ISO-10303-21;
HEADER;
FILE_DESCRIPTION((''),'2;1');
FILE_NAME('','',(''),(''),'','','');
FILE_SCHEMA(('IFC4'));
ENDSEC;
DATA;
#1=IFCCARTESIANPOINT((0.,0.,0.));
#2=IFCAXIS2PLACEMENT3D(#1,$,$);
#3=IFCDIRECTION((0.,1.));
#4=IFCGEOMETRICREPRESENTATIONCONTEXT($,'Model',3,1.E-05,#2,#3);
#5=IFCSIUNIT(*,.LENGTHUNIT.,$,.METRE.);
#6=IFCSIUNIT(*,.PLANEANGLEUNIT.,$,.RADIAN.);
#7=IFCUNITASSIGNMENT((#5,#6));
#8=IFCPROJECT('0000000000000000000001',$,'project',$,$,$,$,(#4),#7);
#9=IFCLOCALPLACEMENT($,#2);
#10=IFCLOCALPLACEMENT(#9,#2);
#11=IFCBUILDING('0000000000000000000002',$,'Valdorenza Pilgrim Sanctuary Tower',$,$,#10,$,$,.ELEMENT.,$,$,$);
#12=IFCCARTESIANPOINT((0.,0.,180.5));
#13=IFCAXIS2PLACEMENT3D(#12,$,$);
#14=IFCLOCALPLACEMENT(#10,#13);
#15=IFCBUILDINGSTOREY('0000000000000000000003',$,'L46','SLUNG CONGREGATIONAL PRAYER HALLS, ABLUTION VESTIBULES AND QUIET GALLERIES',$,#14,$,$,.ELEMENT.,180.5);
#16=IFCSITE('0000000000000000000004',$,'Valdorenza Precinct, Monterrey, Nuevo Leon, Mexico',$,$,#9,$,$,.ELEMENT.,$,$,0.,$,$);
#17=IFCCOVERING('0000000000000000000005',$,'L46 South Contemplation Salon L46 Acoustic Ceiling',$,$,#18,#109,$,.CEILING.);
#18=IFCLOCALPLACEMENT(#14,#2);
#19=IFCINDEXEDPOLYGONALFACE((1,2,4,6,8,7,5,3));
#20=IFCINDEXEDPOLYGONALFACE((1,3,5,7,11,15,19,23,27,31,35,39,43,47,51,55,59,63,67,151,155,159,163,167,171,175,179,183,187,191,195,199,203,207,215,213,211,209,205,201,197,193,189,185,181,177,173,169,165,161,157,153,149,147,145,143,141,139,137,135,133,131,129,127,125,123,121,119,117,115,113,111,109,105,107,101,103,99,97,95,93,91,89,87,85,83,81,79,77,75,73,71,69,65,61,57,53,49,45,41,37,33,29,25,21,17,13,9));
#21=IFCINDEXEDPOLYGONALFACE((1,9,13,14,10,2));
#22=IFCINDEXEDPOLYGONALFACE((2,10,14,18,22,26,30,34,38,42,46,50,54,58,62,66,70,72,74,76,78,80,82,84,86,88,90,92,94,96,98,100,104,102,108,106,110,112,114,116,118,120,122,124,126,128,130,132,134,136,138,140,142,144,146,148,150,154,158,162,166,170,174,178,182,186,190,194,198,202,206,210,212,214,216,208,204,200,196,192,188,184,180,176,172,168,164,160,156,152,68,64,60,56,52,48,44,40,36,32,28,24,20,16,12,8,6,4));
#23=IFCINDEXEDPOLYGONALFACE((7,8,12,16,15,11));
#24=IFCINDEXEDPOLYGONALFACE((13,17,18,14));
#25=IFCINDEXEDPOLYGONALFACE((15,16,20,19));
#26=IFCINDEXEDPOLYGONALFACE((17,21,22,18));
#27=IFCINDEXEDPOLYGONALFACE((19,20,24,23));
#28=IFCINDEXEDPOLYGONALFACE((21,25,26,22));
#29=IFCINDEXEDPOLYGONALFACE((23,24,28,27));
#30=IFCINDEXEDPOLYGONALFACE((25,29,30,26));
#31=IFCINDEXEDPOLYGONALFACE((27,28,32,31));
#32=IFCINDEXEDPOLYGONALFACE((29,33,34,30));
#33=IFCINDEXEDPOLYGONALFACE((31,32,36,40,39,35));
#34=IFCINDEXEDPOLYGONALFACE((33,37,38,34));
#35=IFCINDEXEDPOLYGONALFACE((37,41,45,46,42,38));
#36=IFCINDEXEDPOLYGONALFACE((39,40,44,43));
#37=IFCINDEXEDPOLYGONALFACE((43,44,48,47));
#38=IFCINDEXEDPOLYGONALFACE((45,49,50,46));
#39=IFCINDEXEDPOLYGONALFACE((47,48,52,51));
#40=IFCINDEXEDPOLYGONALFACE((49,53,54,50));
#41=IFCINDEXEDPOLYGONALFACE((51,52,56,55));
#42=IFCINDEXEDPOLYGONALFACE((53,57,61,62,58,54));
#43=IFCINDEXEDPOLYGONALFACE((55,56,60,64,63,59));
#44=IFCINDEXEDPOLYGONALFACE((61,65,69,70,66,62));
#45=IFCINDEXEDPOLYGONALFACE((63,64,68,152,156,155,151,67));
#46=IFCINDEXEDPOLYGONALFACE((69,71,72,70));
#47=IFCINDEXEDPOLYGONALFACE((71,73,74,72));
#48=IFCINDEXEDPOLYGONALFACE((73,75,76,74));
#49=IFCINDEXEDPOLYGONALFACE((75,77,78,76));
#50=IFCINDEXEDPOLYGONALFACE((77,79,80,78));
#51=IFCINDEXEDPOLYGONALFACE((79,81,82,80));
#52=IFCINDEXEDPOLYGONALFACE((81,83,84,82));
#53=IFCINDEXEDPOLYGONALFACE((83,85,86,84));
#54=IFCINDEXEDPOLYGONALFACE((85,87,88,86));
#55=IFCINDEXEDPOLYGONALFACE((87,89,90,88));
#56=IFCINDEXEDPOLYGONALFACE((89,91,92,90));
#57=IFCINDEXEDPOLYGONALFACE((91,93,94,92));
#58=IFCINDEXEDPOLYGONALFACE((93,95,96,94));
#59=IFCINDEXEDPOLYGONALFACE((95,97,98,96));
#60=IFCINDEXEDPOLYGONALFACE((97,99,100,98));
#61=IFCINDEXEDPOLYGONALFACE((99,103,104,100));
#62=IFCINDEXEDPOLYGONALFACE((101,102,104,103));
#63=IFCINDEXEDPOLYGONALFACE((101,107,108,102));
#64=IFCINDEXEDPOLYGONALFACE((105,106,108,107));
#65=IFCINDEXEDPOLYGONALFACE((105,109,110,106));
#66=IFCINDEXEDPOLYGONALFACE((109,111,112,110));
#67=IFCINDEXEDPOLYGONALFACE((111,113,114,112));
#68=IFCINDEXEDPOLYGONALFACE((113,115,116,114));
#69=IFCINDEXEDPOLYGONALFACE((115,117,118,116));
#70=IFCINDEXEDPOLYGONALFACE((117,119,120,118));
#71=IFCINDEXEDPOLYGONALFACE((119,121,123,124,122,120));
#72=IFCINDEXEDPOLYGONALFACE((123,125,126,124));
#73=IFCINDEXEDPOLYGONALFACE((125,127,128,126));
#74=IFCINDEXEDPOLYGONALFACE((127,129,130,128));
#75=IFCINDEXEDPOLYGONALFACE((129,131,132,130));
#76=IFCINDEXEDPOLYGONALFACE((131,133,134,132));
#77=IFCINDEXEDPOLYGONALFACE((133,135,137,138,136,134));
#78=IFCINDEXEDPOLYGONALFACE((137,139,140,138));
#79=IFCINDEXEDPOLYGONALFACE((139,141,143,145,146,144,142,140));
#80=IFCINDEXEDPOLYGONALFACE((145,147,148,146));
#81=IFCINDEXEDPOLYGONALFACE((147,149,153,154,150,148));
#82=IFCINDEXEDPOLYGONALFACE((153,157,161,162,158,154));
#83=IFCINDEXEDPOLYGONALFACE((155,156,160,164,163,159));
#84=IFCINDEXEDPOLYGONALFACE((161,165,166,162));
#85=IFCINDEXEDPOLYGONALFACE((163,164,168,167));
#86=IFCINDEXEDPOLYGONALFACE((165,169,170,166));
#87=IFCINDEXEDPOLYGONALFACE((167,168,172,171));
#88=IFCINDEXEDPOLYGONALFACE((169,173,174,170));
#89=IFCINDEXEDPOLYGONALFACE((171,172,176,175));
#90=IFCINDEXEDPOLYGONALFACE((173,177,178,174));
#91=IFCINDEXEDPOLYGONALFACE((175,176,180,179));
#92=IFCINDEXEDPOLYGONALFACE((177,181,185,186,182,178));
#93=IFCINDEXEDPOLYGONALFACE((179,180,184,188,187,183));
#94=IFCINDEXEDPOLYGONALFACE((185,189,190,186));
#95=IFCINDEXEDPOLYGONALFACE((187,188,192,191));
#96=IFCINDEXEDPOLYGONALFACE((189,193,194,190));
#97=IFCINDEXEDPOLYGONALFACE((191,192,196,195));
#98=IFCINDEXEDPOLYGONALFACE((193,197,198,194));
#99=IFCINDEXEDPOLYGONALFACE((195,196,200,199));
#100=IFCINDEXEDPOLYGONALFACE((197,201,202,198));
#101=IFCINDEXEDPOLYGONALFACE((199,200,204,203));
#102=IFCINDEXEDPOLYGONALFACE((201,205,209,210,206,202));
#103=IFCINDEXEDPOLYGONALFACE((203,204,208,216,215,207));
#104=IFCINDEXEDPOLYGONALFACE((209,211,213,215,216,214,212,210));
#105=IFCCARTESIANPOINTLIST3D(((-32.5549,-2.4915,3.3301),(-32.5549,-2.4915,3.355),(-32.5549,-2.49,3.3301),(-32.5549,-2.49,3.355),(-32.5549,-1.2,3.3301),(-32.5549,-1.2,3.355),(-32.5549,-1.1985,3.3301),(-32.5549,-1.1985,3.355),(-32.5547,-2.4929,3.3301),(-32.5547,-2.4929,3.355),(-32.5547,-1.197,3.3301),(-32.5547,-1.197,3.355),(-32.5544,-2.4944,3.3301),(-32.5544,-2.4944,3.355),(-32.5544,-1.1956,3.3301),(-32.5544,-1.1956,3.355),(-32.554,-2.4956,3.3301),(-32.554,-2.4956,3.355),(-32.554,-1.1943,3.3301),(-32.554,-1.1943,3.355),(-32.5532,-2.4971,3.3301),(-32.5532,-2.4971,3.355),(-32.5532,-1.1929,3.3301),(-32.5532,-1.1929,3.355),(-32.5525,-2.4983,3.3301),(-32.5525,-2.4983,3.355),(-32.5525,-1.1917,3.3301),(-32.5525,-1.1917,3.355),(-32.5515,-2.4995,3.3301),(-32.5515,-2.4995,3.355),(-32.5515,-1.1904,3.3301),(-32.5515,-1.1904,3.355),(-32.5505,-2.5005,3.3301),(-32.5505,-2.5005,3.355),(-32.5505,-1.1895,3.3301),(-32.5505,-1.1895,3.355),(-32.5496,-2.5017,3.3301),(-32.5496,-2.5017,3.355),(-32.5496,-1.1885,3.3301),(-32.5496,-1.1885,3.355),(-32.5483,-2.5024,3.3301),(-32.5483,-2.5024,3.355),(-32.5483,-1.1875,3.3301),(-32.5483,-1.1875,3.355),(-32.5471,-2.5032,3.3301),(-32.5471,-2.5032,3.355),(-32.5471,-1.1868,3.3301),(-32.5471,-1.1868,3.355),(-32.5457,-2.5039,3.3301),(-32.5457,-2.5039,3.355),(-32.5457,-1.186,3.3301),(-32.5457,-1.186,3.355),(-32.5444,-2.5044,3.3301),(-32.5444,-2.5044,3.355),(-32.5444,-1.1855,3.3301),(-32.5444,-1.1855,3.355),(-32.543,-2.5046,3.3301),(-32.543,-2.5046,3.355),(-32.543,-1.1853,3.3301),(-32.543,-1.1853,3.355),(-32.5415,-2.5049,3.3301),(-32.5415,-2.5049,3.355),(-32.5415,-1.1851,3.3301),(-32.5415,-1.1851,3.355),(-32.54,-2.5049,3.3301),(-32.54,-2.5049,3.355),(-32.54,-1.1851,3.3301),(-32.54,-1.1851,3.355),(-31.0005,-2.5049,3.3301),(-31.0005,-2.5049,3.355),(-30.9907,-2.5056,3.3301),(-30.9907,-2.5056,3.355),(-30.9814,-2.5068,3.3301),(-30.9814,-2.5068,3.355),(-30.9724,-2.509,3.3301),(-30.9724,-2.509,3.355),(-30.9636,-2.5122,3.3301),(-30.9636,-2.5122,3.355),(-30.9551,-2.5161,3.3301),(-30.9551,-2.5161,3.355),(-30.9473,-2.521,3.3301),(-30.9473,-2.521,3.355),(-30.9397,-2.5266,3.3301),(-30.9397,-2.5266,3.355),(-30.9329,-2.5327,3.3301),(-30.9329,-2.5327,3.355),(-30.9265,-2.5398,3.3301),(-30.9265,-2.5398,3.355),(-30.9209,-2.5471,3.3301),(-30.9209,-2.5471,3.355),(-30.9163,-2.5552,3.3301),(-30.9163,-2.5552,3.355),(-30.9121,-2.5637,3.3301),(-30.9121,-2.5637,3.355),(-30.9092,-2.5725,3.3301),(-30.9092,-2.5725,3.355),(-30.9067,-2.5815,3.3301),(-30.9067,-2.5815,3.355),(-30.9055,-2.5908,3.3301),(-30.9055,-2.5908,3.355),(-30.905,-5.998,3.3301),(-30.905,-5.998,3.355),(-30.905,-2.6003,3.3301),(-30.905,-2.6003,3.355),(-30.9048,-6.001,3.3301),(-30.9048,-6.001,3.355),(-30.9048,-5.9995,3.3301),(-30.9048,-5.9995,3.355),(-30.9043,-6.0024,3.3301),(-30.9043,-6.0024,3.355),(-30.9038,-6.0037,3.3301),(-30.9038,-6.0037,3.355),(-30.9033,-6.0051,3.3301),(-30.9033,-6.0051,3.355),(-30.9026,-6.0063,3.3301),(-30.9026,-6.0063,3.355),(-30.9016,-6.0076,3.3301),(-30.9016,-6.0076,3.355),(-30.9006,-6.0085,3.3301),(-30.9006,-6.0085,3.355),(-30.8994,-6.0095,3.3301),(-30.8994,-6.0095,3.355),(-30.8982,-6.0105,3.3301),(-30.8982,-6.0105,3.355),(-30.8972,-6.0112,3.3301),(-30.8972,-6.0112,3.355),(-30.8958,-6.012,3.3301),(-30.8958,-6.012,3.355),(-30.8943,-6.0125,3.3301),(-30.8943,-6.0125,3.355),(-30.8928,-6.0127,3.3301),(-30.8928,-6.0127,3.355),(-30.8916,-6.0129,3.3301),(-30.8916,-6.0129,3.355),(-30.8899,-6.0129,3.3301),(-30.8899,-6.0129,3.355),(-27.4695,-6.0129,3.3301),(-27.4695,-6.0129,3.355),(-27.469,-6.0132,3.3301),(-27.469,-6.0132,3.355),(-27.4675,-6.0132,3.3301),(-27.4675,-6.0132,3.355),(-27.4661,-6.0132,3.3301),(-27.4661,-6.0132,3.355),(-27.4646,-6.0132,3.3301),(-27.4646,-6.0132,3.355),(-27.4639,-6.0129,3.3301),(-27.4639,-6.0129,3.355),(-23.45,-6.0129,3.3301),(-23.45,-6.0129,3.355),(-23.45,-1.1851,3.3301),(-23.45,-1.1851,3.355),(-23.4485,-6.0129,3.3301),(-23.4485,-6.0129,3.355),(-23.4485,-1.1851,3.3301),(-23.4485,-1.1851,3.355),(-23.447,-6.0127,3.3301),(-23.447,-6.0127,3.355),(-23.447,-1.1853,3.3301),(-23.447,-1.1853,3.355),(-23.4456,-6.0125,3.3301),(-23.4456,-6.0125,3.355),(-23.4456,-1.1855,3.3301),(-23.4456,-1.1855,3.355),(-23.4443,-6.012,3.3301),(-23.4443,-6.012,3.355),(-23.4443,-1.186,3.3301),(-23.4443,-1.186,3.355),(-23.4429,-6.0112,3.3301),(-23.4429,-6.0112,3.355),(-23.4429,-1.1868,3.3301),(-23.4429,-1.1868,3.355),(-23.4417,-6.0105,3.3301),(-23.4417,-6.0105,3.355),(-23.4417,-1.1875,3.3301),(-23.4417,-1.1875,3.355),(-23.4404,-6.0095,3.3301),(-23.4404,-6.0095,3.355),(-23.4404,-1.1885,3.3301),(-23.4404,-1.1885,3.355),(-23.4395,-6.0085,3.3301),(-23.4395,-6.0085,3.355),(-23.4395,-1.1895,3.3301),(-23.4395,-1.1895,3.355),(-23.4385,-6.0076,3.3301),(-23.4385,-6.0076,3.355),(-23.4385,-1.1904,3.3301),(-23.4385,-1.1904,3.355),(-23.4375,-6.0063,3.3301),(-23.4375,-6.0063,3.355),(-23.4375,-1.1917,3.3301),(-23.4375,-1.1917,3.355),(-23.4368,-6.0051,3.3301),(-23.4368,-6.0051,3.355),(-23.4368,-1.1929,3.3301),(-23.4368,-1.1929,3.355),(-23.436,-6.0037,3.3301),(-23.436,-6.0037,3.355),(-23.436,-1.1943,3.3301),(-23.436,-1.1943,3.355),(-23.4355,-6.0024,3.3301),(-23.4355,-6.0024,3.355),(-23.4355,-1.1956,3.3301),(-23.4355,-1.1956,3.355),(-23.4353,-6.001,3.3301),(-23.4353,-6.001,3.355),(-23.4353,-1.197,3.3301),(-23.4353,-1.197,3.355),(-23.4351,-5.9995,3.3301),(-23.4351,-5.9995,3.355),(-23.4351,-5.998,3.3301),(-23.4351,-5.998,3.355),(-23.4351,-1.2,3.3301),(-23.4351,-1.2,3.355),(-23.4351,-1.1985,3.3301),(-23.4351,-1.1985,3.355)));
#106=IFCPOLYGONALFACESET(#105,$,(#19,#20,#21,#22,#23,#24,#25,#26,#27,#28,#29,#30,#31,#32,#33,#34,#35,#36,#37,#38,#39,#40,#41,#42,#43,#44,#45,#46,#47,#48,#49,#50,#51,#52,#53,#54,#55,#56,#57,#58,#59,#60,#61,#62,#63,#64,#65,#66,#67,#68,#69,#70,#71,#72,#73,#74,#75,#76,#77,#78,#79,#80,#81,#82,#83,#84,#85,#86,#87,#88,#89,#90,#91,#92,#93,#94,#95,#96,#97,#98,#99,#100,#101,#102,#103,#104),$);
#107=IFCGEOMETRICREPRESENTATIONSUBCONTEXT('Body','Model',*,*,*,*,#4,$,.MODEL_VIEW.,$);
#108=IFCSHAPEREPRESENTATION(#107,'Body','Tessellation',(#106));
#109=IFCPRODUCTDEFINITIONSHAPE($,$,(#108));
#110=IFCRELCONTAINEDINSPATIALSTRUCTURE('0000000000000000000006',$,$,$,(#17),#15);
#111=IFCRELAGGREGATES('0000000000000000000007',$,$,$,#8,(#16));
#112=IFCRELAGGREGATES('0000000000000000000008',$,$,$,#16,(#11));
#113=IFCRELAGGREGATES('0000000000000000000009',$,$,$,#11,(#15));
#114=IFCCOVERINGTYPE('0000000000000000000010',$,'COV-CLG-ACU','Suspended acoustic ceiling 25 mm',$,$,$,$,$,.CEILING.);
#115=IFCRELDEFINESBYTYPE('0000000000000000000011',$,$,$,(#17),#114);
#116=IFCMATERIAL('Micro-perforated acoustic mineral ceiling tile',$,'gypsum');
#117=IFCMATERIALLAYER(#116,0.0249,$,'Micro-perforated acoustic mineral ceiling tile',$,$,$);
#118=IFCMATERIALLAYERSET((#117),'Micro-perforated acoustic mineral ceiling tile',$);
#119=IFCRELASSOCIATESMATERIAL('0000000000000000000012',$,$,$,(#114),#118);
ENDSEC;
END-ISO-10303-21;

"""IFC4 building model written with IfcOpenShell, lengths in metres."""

from ifc_helpers import new_model, si_unit, direction, frame, origin, place, context, subcontext, project, spatial, polyline, outline, extrude, material, layer, layer_set, type_object, element, save


model = new_model("IFC4")

# Units and contexts
model_context = context("Model", 3, precision=1e-05, world=origin(), true_north=direction((0.0, 1.0)))
body_context = subcontext(model_context, "Body", "Model", "MODEL_VIEW")
ifc_project = project(units=[si_unit("LENGTHUNIT", "METRE"), si_unit("PLANEANGLEUNIT", "RADIAN")], contexts=[model_context])

# Site, building, storey
site_placement = place(None, origin())
site = spatial("IfcSite", under=ifc_project, at=site_placement, Name="Valdorenza Precinct, Monterrey, Nuevo Leon, Mexico", CompositionType="ELEMENT", RefElevation=0.0)
building_placement = place(site_placement, origin())
building = spatial("IfcBuilding", under=site, at=building_placement, Name="Valdorenza Pilgrim Sanctuary Tower", CompositionType="ELEMENT")
storey_placement = place(building_placement, frame((0.0, 0.0, 180.5)))
storey = spatial("IfcBuildingStorey", under=building, at=storey_placement, Name="L46", Description="SLUNG CONGREGATIONAL PRAYER HALLS, ABLUTION VESTIBULES AND QUIET GALLERIES", CompositionType="ELEMENT", Elevation=180.5)

# Covering
ifc_material_1 = material(Name="Micro-perforated acoustic mineral ceiling tile", Category="gypsum")
ifc_layer_1 = layer(ifc_material_1, 0.0249, Name="Micro-perforated acoustic mineral ceiling tile")
ifc_layer_set_1 = layer_set([ifc_layer_1], Name="Micro-perforated acoustic mineral ceiling tile")
covering_type_1 = type_object("IfcCoveringType", Name="COV-CLG-ACU", Description="Suspended acoustic ceiling 25 mm", PredefinedType="CEILING", material=ifc_layer_set_1)
covering_1_placement = place(storey_placement, frame((0.0, 0.0, 3.3301)))
element("IfcCovering", 1, at=covering_1_placement, inside=storey, type_object=covering_type_1, Name="L46 South Contemplation Salon L46 Acoustic Ceiling", PredefinedType="CEILING", context=body_context, shape_type="SweptSolid", body=[
    extrude(outline(polyline([(-27.4695, -6.0129), (-30.8899, -6.0129), (-30.8916, -6.0129), (-30.8928, -6.0127), (-30.8943, -6.0125), (-30.8958, -6.012), (-30.8972, -6.0112), (-30.8982, -6.0105), (-30.8994, -6.0095), (-30.9006, -6.0085), (-30.9016, -6.0076), (-30.9026, -6.0063), (-30.9033, -6.0051), (-30.9038, -6.0037), (-30.9043, -6.0024), (-30.9048, -6.001), (-30.9048, -5.9995), (-30.905, -5.998), (-30.905, -2.6003), (-30.9055, -2.5908), (-30.9067, -2.5815), (-30.9092, -2.5725), (-30.9121, -2.5637), (-30.9163, -2.5552), (-30.9209, -2.5471), (-30.9265, -2.5398), (-30.9329, -2.5327), (-30.9397, -2.5266), (-30.9473, -2.521), (-30.9551, -2.5161), (-30.9636, -2.5122), (-30.9724, -2.509), (-30.9814, -2.5068), (-30.9907, -2.5056), (-31.0005, -2.5049), (-32.54, -2.5049), (-32.5415, -2.5049), (-32.543, -2.5046), (-32.5444, -2.5044), (-32.5457, -2.5039), (-32.5471, -2.5032), (-32.5483, -2.5024), (-32.5496, -2.5017), (-32.5505, -2.5005), (-32.5515, -2.4995), (-32.5525, -2.4983), (-32.5532, -2.4971), (-32.554, -2.4956), (-32.5544, -2.4944), (-32.5547, -2.4929), (-32.5549, -2.4915), (-32.5549, -2.49), (-32.5549, -1.2), (-32.5549, -1.1985), (-32.5547, -1.197), (-32.5544, -1.1956), (-32.554, -1.1943), (-32.5532, -1.1929), (-32.5525, -1.1917), (-32.5515, -1.1904), (-32.5505, -1.1895), (-32.5496, -1.1885), (-32.5483, -1.1875), (-32.5471, -1.1868), (-32.5457, -1.186), (-32.5444, -1.1855), (-32.543, -1.1853), (-32.5415, -1.1851), (-32.54, -1.1851), (-23.45, -1.1851), (-23.4485, -1.1851), (-23.447, -1.1853), (-23.4456, -1.1855), (-23.4443, -1.186), (-23.4429, -1.1868), (-23.4417, -1.1875), (-23.4404, -1.1885), (-23.4395, -1.1895), (-23.4385, -1.1904), (-23.4375, -1.1917), (-23.4368, -1.1929), (-23.436, -1.1943), (-23.4355, -1.1956), (-23.4353, -1.197), (-23.4351, -1.1985), (-23.4351, -1.2), (-23.4351, -5.998), (-23.4351, -5.9995), (-23.4353, -6.001), (-23.4355, -6.0024), (-23.436, -6.0037), (-23.4368, -6.0051), (-23.4375, -6.0063), (-23.4385, -6.0076), (-23.4395, -6.0085), (-23.4404, -6.0095), (-23.4417, -6.0105), (-23.4429, -6.0112), (-23.4443, -6.012), (-23.4456, -6.0125), (-23.447, -6.0127), (-23.4485, -6.0129), (-23.45, -6.0129), (-27.4639, -6.0129), (-27.4646, -6.0132), (-27.4661, -6.0132), (-27.4675, -6.0132), (-27.469, -6.0132), (-27.4695, -6.0129)])), origin(), (0.0, 0.0, 1.0), 0.0249),
])

save(model, "model.ifc")
